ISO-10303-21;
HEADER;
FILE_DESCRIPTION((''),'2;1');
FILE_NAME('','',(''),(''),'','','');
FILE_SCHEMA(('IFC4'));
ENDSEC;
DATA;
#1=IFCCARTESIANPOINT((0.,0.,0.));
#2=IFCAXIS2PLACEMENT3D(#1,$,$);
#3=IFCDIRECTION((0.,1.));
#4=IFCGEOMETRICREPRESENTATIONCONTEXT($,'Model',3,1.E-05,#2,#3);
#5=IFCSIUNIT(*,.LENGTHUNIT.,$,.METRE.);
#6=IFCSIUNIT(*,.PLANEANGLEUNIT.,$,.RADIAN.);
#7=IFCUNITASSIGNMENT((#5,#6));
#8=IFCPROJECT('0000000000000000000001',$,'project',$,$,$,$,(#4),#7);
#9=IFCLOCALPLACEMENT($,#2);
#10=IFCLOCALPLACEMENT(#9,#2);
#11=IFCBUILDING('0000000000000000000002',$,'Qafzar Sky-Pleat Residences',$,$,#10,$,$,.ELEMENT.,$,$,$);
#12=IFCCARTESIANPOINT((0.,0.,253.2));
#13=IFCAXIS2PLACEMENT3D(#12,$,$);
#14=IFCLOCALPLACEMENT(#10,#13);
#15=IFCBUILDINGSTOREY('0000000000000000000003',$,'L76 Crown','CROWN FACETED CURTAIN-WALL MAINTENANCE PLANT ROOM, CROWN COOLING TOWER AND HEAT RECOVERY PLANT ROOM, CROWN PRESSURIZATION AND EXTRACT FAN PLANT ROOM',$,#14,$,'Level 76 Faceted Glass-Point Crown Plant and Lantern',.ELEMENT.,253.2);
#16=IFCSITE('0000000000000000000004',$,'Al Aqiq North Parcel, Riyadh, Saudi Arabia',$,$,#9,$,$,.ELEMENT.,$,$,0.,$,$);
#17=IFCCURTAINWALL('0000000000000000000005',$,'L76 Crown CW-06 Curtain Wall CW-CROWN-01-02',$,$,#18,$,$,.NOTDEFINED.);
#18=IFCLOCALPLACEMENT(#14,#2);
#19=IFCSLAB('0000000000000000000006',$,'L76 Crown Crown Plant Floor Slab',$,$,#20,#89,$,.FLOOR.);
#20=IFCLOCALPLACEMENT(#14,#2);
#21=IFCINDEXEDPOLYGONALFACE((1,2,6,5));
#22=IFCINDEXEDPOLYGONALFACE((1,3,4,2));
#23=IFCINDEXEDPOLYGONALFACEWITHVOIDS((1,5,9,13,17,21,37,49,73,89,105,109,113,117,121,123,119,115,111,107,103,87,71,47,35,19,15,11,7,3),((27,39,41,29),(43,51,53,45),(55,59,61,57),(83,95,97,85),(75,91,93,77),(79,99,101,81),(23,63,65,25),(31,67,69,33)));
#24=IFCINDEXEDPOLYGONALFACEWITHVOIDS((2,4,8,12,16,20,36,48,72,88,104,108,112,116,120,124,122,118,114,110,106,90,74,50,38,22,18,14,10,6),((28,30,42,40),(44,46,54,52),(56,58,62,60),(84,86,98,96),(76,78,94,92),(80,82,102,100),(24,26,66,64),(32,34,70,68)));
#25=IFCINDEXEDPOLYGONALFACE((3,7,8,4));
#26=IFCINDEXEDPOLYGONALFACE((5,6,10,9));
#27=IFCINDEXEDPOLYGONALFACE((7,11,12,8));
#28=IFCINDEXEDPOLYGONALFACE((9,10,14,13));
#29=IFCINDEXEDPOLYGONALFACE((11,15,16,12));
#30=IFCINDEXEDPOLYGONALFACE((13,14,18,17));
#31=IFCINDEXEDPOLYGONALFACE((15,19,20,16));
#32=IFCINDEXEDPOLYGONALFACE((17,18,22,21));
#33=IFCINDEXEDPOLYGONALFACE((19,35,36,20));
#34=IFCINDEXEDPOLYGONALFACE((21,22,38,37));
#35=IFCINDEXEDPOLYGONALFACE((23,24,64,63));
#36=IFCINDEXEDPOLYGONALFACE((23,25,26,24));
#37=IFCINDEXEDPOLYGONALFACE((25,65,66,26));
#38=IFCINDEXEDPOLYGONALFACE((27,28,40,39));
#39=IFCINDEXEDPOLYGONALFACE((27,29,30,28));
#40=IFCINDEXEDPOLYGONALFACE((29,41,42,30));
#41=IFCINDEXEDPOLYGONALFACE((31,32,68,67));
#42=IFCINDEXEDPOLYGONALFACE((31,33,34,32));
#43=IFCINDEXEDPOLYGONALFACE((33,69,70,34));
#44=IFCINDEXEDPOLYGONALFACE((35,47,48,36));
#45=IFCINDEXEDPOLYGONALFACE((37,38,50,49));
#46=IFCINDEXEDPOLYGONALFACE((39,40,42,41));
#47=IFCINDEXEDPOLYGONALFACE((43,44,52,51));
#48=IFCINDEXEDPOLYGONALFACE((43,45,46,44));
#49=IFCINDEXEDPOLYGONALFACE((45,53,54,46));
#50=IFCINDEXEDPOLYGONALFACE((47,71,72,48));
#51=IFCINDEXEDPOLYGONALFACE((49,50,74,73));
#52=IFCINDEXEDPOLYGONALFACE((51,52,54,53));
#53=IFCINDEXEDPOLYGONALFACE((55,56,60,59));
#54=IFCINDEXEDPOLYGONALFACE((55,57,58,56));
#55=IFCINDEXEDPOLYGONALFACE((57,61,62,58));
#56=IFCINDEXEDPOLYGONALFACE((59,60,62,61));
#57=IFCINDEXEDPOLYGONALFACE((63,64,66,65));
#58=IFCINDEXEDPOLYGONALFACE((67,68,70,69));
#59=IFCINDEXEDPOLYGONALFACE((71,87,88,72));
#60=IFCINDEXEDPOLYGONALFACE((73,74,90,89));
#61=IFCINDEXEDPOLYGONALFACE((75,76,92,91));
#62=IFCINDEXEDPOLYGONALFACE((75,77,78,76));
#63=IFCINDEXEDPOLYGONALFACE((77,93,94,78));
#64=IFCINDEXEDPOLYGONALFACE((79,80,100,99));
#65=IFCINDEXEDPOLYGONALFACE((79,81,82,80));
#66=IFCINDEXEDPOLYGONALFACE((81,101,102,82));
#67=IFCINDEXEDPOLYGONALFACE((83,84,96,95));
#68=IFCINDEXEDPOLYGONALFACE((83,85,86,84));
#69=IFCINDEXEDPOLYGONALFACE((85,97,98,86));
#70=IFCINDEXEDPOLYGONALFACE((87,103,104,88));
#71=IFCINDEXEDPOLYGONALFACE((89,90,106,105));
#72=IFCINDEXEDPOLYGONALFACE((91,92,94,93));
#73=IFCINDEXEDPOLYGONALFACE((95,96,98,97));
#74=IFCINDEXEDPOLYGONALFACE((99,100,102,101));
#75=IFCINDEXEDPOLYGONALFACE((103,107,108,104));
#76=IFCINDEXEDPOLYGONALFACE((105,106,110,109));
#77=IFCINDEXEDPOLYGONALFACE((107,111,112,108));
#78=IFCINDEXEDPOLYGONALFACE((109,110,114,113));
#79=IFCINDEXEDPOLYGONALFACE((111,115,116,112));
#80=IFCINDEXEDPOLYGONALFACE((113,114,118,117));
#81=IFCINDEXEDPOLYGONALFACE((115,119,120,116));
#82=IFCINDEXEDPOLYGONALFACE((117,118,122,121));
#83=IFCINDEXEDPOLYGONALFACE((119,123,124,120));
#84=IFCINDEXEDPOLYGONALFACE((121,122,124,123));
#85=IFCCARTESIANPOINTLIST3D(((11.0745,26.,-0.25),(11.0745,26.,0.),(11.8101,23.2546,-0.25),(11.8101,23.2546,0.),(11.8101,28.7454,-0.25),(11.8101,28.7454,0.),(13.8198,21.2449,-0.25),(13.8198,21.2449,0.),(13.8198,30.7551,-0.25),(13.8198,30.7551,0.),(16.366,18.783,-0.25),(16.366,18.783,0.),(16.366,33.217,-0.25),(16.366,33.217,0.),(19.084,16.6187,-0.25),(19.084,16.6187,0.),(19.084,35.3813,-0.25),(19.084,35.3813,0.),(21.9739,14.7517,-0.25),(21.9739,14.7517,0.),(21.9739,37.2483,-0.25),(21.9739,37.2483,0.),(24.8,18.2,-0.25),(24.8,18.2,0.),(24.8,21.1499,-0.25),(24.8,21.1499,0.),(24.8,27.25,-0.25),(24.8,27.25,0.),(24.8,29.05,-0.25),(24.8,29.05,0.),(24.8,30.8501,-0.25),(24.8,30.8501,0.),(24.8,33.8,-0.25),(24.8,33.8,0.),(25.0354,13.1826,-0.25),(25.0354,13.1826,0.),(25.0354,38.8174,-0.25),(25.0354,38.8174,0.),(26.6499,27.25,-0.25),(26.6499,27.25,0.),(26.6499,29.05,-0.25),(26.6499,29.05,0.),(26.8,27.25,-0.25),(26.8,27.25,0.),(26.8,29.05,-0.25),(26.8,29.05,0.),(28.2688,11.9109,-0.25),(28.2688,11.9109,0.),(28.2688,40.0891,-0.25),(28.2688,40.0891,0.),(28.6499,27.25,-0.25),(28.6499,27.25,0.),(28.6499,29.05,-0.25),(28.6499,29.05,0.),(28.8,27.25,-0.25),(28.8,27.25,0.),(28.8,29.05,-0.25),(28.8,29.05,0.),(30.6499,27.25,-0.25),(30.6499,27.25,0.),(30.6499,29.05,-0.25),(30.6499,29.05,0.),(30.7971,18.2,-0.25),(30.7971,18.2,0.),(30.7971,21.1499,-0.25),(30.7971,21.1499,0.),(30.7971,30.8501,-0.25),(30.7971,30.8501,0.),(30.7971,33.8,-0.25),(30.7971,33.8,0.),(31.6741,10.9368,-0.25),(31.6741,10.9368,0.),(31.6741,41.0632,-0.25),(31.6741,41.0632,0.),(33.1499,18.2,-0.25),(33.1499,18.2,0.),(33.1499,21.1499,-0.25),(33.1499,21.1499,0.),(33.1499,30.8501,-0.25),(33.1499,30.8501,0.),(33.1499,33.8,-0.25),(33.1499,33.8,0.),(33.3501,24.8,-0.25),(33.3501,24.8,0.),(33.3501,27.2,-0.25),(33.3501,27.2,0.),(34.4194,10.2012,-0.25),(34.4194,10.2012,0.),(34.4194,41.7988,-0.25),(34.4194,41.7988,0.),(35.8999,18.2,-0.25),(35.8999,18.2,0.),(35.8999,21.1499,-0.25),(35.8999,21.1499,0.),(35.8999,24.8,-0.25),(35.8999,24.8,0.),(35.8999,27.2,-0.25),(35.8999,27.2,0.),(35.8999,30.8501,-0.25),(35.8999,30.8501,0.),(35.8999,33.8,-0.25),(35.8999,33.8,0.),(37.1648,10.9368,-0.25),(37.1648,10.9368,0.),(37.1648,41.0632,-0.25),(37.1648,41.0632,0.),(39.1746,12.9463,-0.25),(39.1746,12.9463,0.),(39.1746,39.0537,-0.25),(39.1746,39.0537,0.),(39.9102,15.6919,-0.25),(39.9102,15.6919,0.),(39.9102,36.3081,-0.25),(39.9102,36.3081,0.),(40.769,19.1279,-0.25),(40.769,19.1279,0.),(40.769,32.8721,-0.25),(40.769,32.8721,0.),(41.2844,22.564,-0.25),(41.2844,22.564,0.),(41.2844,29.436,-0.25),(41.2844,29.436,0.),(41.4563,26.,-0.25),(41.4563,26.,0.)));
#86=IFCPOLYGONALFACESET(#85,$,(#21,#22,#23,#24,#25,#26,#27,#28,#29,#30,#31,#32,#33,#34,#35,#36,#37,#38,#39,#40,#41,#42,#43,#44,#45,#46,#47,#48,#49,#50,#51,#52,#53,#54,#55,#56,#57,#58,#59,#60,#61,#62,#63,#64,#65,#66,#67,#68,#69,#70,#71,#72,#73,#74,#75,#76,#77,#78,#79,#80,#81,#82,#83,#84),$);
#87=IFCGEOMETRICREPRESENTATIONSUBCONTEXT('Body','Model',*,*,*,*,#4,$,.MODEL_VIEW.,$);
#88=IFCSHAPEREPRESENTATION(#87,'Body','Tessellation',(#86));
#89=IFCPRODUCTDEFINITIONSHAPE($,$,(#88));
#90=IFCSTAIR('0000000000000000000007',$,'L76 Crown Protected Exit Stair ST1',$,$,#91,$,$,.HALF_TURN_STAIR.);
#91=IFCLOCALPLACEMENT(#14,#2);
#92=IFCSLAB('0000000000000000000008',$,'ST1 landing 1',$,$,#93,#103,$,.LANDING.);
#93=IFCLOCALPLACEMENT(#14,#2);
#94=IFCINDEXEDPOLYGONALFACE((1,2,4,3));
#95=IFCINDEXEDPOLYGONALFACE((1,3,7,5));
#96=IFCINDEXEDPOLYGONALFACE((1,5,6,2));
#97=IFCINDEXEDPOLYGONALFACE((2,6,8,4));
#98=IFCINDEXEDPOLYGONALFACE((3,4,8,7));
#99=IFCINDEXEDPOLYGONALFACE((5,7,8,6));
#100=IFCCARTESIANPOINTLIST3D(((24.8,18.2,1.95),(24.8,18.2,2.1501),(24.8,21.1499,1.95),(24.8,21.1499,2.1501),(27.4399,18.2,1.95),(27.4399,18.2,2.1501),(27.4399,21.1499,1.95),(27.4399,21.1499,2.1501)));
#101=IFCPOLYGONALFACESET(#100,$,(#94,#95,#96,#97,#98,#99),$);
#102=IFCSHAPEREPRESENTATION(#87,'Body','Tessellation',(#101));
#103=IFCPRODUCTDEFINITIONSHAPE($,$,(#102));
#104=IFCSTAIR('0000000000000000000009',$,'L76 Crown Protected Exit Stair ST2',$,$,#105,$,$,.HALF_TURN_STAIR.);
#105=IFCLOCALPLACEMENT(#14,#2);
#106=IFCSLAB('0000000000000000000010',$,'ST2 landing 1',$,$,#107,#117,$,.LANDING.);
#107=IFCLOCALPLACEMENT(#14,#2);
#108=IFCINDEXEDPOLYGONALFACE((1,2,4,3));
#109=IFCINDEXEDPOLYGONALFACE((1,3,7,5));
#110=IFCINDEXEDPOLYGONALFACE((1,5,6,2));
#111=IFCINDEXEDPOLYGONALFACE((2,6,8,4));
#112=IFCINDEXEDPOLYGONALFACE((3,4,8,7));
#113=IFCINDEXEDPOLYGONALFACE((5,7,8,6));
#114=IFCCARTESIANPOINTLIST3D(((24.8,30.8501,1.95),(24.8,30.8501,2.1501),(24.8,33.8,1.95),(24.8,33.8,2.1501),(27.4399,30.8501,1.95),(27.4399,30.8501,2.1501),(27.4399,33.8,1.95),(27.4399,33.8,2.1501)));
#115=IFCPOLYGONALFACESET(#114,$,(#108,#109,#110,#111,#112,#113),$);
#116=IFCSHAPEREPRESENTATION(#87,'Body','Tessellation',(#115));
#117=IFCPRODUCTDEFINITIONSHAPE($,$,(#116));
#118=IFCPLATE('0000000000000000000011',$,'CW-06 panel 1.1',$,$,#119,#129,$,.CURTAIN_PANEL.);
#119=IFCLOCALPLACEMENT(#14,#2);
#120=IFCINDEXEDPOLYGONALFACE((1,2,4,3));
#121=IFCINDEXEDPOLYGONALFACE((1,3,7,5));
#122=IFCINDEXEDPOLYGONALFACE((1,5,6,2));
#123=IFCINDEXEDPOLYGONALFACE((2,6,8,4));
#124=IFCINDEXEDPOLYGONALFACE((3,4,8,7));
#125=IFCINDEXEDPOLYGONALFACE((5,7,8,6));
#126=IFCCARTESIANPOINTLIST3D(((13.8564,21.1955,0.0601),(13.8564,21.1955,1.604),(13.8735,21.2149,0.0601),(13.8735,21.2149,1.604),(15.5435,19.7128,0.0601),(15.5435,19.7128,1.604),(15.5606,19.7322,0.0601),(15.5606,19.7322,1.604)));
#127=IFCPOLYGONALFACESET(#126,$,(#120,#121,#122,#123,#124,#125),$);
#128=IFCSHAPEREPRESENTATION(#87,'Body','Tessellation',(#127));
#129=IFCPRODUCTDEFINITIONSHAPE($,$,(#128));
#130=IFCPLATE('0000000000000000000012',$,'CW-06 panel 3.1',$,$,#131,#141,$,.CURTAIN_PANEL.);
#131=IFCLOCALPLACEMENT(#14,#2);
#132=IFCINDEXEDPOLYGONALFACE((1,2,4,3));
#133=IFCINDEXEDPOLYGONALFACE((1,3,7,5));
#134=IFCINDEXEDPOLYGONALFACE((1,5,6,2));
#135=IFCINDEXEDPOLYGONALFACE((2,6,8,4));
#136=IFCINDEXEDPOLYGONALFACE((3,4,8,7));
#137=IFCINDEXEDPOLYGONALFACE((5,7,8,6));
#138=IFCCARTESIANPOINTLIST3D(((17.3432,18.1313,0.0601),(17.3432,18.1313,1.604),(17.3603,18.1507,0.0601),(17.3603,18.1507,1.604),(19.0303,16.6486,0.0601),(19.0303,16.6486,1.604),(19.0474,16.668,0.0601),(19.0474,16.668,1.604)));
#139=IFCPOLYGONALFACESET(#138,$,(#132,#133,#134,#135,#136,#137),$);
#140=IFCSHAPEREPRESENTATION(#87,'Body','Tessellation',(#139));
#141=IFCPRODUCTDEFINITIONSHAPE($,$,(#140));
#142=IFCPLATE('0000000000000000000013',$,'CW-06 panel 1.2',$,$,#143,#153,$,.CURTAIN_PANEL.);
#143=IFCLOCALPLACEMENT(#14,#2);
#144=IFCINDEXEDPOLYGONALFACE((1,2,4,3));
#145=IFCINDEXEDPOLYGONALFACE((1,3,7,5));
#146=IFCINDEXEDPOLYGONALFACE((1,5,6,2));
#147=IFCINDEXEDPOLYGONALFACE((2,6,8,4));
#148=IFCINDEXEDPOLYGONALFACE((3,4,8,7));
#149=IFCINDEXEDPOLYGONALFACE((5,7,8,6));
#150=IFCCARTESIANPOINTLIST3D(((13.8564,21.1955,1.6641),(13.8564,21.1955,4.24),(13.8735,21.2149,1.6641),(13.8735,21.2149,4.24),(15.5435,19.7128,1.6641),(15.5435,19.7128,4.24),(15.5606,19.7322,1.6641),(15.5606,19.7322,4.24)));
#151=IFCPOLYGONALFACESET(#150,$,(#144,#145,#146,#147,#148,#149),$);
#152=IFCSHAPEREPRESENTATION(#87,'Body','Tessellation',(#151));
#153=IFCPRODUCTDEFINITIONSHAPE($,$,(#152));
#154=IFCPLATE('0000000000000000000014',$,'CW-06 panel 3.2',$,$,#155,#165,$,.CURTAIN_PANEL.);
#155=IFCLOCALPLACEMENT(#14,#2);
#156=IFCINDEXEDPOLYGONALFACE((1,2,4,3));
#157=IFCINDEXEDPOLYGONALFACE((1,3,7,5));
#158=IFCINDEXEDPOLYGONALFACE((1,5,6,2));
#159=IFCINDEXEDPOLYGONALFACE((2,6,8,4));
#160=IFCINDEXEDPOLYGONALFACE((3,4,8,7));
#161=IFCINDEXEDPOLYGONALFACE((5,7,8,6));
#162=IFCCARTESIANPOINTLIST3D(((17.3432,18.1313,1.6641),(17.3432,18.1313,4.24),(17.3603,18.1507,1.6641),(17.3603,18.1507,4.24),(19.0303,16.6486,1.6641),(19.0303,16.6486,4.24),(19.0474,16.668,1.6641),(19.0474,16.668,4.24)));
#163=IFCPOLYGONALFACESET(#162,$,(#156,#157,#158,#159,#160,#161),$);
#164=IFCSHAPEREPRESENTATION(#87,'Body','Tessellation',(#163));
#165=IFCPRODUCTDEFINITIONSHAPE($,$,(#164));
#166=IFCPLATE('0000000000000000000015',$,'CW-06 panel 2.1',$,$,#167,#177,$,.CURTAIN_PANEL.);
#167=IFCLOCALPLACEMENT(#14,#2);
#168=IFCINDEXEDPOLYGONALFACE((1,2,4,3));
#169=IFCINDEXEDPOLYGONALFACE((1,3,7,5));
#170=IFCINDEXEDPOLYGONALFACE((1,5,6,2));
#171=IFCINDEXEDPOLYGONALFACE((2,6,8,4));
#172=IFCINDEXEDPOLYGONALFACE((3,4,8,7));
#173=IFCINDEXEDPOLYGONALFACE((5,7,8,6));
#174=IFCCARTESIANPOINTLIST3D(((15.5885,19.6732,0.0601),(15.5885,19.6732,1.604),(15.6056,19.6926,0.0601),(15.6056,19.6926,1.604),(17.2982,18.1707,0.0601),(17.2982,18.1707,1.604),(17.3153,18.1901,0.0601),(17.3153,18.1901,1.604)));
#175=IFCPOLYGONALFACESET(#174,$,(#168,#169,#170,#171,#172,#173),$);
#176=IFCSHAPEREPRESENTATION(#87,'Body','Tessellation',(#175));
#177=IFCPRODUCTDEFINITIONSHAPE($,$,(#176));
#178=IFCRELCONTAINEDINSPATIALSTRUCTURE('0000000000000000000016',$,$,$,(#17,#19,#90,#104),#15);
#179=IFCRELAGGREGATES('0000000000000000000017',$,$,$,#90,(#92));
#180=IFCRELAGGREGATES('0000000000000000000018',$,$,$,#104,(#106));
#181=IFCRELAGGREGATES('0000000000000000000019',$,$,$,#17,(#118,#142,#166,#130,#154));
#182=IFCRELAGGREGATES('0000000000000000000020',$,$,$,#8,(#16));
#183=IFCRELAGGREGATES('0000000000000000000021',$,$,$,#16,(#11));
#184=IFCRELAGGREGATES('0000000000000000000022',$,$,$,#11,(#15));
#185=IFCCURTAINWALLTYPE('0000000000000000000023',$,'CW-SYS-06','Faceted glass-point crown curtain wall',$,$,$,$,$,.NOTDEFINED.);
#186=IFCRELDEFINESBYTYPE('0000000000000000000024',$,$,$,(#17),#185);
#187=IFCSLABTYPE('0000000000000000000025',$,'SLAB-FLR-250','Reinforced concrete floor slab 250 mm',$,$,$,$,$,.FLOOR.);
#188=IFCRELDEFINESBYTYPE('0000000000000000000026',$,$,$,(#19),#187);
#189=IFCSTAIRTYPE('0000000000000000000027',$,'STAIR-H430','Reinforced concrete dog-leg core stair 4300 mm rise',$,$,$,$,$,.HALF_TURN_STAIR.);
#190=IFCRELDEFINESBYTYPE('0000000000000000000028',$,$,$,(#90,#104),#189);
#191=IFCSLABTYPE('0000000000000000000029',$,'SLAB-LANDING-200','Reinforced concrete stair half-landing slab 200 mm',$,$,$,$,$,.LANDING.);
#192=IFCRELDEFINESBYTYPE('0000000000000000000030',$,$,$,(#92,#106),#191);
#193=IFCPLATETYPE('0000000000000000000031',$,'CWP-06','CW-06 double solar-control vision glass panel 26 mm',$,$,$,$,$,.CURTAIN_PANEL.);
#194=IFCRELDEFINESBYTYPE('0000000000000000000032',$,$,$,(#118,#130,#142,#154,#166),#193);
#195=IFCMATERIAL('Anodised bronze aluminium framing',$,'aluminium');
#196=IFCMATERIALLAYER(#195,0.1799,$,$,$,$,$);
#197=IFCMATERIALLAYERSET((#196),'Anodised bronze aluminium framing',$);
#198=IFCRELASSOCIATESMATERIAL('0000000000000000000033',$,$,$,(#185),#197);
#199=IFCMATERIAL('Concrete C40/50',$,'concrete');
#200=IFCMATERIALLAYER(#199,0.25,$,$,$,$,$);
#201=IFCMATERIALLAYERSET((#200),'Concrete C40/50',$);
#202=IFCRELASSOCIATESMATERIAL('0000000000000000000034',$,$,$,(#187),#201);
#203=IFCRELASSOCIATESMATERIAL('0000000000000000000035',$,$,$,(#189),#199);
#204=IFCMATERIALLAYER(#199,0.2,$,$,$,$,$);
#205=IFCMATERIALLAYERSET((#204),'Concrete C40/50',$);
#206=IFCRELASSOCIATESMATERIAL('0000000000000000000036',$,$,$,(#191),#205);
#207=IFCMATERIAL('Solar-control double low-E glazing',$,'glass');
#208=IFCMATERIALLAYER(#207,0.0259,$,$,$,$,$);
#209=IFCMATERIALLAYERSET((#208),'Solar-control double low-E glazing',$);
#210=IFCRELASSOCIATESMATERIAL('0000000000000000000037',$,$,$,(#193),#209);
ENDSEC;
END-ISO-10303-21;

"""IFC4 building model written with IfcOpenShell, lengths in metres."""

from ifc_helpers import new_model, si_unit, direction, frame, origin, origin_2d, place, context, subcontext, project, spatial, polyline, rectangle, outline, extrude, source, transform, mapped, material, layer, layer_set, type_object, element, aggregate, save


model = new_model("IFC4")

# Units and contexts
model_context = context("Model", 3, precision=1e-05, world=origin(), true_north=direction((0.0, 1.0)))
body_context = subcontext(model_context, "Body", "Model", "MODEL_VIEW")
ifc_project = project(units=[si_unit("LENGTHUNIT", "METRE"), si_unit("PLANEANGLEUNIT", "RADIAN")], contexts=[model_context])

# Site, building, storey
site_placement = place(None, origin())
site = spatial("IfcSite", under=ifc_project, at=site_placement, Name="Al Aqiq North Parcel, Riyadh, Saudi Arabia", CompositionType="ELEMENT", RefElevation=0.0)
building_placement = place(site_placement, origin())
building = spatial("IfcBuilding", under=site, at=building_placement, Name="Qafzar Sky-Pleat Residences", CompositionType="ELEMENT")
storey_placement = place(building_placement, frame((0.0, 0.0, 253.2)))
storey = spatial("IfcBuildingStorey", under=building, at=storey_placement, Name="L76 Crown", Description="CROWN FACETED CURTAIN-WALL MAINTENANCE PLANT ROOM, CROWN COOLING TOWER AND HEAT RECOVERY PLANT ROOM, CROWN PRESSURIZATION AND EXTRACT FAN PLANT ROOM", LongName="Level 76 Faceted Glass-Point Crown Plant and Lantern", CompositionType="ELEMENT", Elevation=253.2)

# Curtain wall
ifc_material_1 = material(Name="Anodised bronze aluminium framing", Category="aluminium")
ifc_layer_1 = layer(ifc_material_1, 0.1799)
ifc_layer_set_1 = layer_set([ifc_layer_1], Name="Anodised bronze aluminium framing")
curtain_wall_type = type_object("IfcCurtainWallType", Name="CW-SYS-06", Description="Faceted glass-point crown curtain wall", PredefinedType="NOTDEFINED", material=ifc_layer_set_1)
curtain_wall_1_placement = place(storey_placement, origin())
curtain_wall_1 = element("IfcCurtainWall", 1, at=curtain_wall_1_placement, inside=storey, type_object=curtain_wall_type, Name="L76 Crown CW-06 Curtain Wall CW-CROWN-01-02", PredefinedType="NOTDEFINED")

# Slab
ifc_material_2 = material(Name="Concrete C40/50", Category="concrete")
ifc_layer_2 = layer(ifc_material_2, 0.25)
ifc_layer_set_2 = layer_set([ifc_layer_2], Name="Concrete C40/50")
slab_type_1 = type_object("IfcSlabType", Name="SLAB-FLR-250", Description="Reinforced concrete floor slab 250 mm", PredefinedType="FLOOR", material=ifc_layer_set_2)
slab_1_placement = place(storey_placement, frame((0.0, 0.0, -0.25)))
element("IfcSlab", 2, at=slab_1_placement, inside=storey, type_object=slab_type_1, Name="L76 Crown Crown Plant Floor Slab", PredefinedType="FLOOR", context=body_context, shape_type="SweptSolid", body=[
    extrude(outline(polyline([(13.8198, 30.7551), (11.8101, 28.7454), (11.0745, 26.0), (11.8101, 23.2546), (13.8198, 21.2449), (16.366, 18.783), (19.084, 16.6187), (21.9739, 14.7517), (25.0354, 13.1826), (28.2688, 11.9109), (31.6741, 10.9368), (34.4194, 10.2012), (37.1648, 10.9368), (39.1746, 12.9463), (39.9102, 15.6919), (40.769, 19.1279), (41.2844, 22.564), (41.4563, 26.0), (41.2844, 29.436), (40.769, 32.8721), (39.9102, 36.3081), (39.1746, 39.0537), (37.1648, 41.0632), (34.4194, 41.7988), (31.6741, 41.0632), (28.2688, 40.0891), (25.0354, 38.8174), (21.9739, 37.2483), (19.084, 35.3813), (16.366, 33.217), (13.8198, 30.7551)]), holes=[polyline([(30.7971, 21.1499), (24.8, 21.1499), (24.8, 18.2), (30.7971, 18.2), (30.7971, 21.1499)]), polyline([(30.7971, 33.8), (24.8, 33.8), (24.8, 30.8501), (30.7971, 30.8501), (30.7971, 33.8)]), polyline([(24.8, 27.25), (26.6499, 27.25), (26.6499, 29.05), (24.8, 29.05), (24.8, 27.25)]), polyline([(26.8, 27.25), (28.6499, 27.25), (28.6499, 29.05), (26.8, 29.05), (26.8, 27.25)]), polyline([(28.8, 27.25), (30.6499, 27.25), (30.6499, 29.05), (28.8, 29.05), (28.8, 27.25)]), polyline([(33.1499, 18.2), (35.8999, 18.2), (35.8999, 21.1499), (33.1499, 21.1499), (33.1499, 18.2)]), polyline([(33.1499, 30.8501), (35.8999, 30.8501), (35.8999, 33.8), (33.1499, 33.8), (33.1499, 30.8501)]), polyline([(33.3501, 24.8), (35.8999, 24.8), (35.8999, 27.2), (33.3501, 27.2), (33.3501, 24.8)])]), origin(), (0.0, 0.0, 1.0), 0.25),
])

# Stairs, slabs
stair_type = type_object("IfcStairType", Name="STAIR-H430", Description="Reinforced concrete dog-leg core stair 4300 mm rise", PredefinedType="HALF_TURN_STAIR", material=ifc_material_2)
stair_1_placement = place(storey_placement, origin())
stair_1 = element("IfcStair", 3, at=stair_1_placement, inside=storey, type_object=stair_type, Name="L76 Crown Protected Exit Stair ST1", PredefinedType="HALF_TURN_STAIR")
ifc_layer_3 = layer(ifc_material_2, 0.2)
ifc_layer_set_3 = layer_set([ifc_layer_3], Name="Concrete C40/50")
slab_type_2 = type_object("IfcSlabType", Name="SLAB-LANDING-200", Description="Reinforced concrete stair half-landing slab 200 mm", PredefinedType="LANDING", material=ifc_layer_set_3)
slab_2_placement = place(storey_placement, frame((0.0, 0.0, 1.95)))
slab_2 = element("IfcSlab", 4, at=slab_2_placement, type_object=slab_type_2, Name="ST1 landing 1", PredefinedType="LANDING", context=body_context, shape_type="SweptSolid", body=[
    extrude(outline(polyline([(27.4399, 21.1499), (24.8, 21.1499), (24.8, 18.2), (27.4399, 18.2), (27.4399, 21.1499)])), origin(), (0.0, 0.0, 1.0), 0.2002),
])
aggregate(stair_1, [slab_2])
stair_2_placement = place(storey_placement, origin())
stair_2 = element("IfcStair", 5, at=stair_2_placement, inside=storey, type_object=stair_type, Name="L76 Crown Protected Exit Stair ST2", PredefinedType="HALF_TURN_STAIR")
slab_3_placement = place(storey_placement, frame((0.0, 0.0, 1.95)))
slab_3 = element("IfcSlab", 6, at=slab_3_placement, type_object=slab_type_2, Name="ST2 landing 1", PredefinedType="LANDING", context=body_context, shape_type="SweptSolid", body=[
    extrude(outline(polyline([(27.4399, 33.8), (24.8, 33.8), (24.8, 30.8501), (27.4399, 30.8501), (27.4399, 33.8)])), origin(), (0.0, 0.0, 1.0), 0.2002),
])
aggregate(stair_2, [slab_3])

# Plates
ifc_material_3 = material(Name="Solar-control double low-E glazing", Category="glass")
ifc_layer_4 = layer(ifc_material_3, 0.0259)
ifc_layer_set_4 = layer_set([ifc_layer_4], Name="Solar-control double low-E glazing")
plate_type = type_object("IfcPlateType", Name="CWP-06", Description="CW-06 double solar-control vision glass panel 26 mm", PredefinedType="CURTAIN_PANEL", material=ifc_layer_set_4)
shared_shape_1 = source(origin(), body_context, "Body", "SweptSolid", [
    extrude(rectangle(XDim=2.2461, YDim=0.0259, at=origin_2d()), origin(), (0.0, 0.0, 1.0), 1.5439),
])
plate_1_placement = place(storey_placement, frame((14.7085, 20.4639, 0.0601), z_axis=(0.0, 0.0, 1.0), x_axis=(0.751152, -0.660129, 0.0)))
plate_1 = element("IfcPlate", 7, at=plate_1_placement, type_object=plate_type, Name="CW-06 panel 1.1", PredefinedType="CURTAIN_PANEL", context=body_context, shape_type="MappedRepresentation", body=[
    mapped(shared_shape_1, transform((0.0, 0.0, 0.0), x_axis=(1.0, 0.0, 0.0), y_axis=(0.0, 1.0, 0.0), z_axis=(0.0, 0.0, 1.0), scale=1.0)),
])
plate_2_placement = place(storey_placement, frame((18.1953, 17.3997, 0.0601), z_axis=(0.0, 0.0, 1.0), x_axis=(0.751152, -0.660129, 0.0)))
plate_2 = element("IfcPlate", 8, at=plate_2_placement, type_object=plate_type, Name="CW-06 panel 3.1", PredefinedType="CURTAIN_PANEL", context=body_context, shape_type="MappedRepresentation", body=[
    mapped(shared_shape_1, transform((0.0, 0.0, 0.0), x_axis=(1.0, 0.0, 0.0), y_axis=(0.0, 1.0, 0.0), z_axis=(0.0, 0.0, 1.0), scale=1.0)),
])
shared_shape_2 = source(origin(), body_context, "Body", "SweptSolid", [
    extrude(rectangle(XDim=2.2461, YDim=0.0259, at=origin_2d()), origin(), (0.0, 0.0, 1.0), 2.5759),
])
plate_3_placement = place(storey_placement, frame((14.7085, 20.4639, 1.6641), z_axis=(0.0, 0.0, 1.0), x_axis=(0.751152, -0.660129, 0.0)))
plate_3 = element("IfcPlate", 9, at=plate_3_placement, type_object=plate_type, Name="CW-06 panel 1.2", PredefinedType="CURTAIN_PANEL", context=body_context, shape_type="MappedRepresentation", body=[
    mapped(shared_shape_2, transform((0.0, 0.0, 0.0), x_axis=(1.0, 0.0, 0.0), y_axis=(0.0, 1.0, 0.0), z_axis=(0.0, 0.0, 1.0), scale=1.0)),
])
plate_4_placement = place(storey_placement, frame((18.1953, 17.3997, 1.6641), z_axis=(0.0, 0.0, 1.0), x_axis=(0.751152, -0.660129, 0.0)))
plate_4 = element("IfcPlate", 10, at=plate_4_placement, type_object=plate_type, Name="CW-06 panel 3.2", PredefinedType="CURTAIN_PANEL", context=body_context, shape_type="MappedRepresentation", body=[
    mapped(shared_shape_2, transform((0.0, 0.0, 0.0), x_axis=(1.0, 0.0, 0.0), y_axis=(0.0, 1.0, 0.0), z_axis=(0.0, 0.0, 1.0), scale=1.0)),
])
shared_shape_3 = source(origin(), body_context, "Body", "SweptSolid", [
    extrude(rectangle(XDim=2.2761, YDim=0.0259, at=origin_2d()), origin(), (0.0, 0.0, 1.0), 1.5439),
])
plate_5_placement = place(storey_placement, frame((16.4519, 18.9316, 0.0601), z_axis=(0.0, 0.0, 1.0), x_axis=(0.751152, -0.660129, 0.0)))
plate_5 = element("IfcPlate", 11, at=plate_5_placement, type_object=plate_type, Name="CW-06 panel 2.1", PredefinedType="CURTAIN_PANEL", context=body_context, shape_type="MappedRepresentation", body=[
    mapped(shared_shape_3, transform((0.0, 0.0, 0.0), x_axis=(1.0, 0.0, 0.0), y_axis=(0.0, 1.0, 0.0), z_axis=(0.0, 0.0, 1.0), scale=1.0)),
])
aggregate(curtain_wall_1, [plate_1, plate_3, plate_5, plate_2, plate_4])

save(model, "model.ifc")
